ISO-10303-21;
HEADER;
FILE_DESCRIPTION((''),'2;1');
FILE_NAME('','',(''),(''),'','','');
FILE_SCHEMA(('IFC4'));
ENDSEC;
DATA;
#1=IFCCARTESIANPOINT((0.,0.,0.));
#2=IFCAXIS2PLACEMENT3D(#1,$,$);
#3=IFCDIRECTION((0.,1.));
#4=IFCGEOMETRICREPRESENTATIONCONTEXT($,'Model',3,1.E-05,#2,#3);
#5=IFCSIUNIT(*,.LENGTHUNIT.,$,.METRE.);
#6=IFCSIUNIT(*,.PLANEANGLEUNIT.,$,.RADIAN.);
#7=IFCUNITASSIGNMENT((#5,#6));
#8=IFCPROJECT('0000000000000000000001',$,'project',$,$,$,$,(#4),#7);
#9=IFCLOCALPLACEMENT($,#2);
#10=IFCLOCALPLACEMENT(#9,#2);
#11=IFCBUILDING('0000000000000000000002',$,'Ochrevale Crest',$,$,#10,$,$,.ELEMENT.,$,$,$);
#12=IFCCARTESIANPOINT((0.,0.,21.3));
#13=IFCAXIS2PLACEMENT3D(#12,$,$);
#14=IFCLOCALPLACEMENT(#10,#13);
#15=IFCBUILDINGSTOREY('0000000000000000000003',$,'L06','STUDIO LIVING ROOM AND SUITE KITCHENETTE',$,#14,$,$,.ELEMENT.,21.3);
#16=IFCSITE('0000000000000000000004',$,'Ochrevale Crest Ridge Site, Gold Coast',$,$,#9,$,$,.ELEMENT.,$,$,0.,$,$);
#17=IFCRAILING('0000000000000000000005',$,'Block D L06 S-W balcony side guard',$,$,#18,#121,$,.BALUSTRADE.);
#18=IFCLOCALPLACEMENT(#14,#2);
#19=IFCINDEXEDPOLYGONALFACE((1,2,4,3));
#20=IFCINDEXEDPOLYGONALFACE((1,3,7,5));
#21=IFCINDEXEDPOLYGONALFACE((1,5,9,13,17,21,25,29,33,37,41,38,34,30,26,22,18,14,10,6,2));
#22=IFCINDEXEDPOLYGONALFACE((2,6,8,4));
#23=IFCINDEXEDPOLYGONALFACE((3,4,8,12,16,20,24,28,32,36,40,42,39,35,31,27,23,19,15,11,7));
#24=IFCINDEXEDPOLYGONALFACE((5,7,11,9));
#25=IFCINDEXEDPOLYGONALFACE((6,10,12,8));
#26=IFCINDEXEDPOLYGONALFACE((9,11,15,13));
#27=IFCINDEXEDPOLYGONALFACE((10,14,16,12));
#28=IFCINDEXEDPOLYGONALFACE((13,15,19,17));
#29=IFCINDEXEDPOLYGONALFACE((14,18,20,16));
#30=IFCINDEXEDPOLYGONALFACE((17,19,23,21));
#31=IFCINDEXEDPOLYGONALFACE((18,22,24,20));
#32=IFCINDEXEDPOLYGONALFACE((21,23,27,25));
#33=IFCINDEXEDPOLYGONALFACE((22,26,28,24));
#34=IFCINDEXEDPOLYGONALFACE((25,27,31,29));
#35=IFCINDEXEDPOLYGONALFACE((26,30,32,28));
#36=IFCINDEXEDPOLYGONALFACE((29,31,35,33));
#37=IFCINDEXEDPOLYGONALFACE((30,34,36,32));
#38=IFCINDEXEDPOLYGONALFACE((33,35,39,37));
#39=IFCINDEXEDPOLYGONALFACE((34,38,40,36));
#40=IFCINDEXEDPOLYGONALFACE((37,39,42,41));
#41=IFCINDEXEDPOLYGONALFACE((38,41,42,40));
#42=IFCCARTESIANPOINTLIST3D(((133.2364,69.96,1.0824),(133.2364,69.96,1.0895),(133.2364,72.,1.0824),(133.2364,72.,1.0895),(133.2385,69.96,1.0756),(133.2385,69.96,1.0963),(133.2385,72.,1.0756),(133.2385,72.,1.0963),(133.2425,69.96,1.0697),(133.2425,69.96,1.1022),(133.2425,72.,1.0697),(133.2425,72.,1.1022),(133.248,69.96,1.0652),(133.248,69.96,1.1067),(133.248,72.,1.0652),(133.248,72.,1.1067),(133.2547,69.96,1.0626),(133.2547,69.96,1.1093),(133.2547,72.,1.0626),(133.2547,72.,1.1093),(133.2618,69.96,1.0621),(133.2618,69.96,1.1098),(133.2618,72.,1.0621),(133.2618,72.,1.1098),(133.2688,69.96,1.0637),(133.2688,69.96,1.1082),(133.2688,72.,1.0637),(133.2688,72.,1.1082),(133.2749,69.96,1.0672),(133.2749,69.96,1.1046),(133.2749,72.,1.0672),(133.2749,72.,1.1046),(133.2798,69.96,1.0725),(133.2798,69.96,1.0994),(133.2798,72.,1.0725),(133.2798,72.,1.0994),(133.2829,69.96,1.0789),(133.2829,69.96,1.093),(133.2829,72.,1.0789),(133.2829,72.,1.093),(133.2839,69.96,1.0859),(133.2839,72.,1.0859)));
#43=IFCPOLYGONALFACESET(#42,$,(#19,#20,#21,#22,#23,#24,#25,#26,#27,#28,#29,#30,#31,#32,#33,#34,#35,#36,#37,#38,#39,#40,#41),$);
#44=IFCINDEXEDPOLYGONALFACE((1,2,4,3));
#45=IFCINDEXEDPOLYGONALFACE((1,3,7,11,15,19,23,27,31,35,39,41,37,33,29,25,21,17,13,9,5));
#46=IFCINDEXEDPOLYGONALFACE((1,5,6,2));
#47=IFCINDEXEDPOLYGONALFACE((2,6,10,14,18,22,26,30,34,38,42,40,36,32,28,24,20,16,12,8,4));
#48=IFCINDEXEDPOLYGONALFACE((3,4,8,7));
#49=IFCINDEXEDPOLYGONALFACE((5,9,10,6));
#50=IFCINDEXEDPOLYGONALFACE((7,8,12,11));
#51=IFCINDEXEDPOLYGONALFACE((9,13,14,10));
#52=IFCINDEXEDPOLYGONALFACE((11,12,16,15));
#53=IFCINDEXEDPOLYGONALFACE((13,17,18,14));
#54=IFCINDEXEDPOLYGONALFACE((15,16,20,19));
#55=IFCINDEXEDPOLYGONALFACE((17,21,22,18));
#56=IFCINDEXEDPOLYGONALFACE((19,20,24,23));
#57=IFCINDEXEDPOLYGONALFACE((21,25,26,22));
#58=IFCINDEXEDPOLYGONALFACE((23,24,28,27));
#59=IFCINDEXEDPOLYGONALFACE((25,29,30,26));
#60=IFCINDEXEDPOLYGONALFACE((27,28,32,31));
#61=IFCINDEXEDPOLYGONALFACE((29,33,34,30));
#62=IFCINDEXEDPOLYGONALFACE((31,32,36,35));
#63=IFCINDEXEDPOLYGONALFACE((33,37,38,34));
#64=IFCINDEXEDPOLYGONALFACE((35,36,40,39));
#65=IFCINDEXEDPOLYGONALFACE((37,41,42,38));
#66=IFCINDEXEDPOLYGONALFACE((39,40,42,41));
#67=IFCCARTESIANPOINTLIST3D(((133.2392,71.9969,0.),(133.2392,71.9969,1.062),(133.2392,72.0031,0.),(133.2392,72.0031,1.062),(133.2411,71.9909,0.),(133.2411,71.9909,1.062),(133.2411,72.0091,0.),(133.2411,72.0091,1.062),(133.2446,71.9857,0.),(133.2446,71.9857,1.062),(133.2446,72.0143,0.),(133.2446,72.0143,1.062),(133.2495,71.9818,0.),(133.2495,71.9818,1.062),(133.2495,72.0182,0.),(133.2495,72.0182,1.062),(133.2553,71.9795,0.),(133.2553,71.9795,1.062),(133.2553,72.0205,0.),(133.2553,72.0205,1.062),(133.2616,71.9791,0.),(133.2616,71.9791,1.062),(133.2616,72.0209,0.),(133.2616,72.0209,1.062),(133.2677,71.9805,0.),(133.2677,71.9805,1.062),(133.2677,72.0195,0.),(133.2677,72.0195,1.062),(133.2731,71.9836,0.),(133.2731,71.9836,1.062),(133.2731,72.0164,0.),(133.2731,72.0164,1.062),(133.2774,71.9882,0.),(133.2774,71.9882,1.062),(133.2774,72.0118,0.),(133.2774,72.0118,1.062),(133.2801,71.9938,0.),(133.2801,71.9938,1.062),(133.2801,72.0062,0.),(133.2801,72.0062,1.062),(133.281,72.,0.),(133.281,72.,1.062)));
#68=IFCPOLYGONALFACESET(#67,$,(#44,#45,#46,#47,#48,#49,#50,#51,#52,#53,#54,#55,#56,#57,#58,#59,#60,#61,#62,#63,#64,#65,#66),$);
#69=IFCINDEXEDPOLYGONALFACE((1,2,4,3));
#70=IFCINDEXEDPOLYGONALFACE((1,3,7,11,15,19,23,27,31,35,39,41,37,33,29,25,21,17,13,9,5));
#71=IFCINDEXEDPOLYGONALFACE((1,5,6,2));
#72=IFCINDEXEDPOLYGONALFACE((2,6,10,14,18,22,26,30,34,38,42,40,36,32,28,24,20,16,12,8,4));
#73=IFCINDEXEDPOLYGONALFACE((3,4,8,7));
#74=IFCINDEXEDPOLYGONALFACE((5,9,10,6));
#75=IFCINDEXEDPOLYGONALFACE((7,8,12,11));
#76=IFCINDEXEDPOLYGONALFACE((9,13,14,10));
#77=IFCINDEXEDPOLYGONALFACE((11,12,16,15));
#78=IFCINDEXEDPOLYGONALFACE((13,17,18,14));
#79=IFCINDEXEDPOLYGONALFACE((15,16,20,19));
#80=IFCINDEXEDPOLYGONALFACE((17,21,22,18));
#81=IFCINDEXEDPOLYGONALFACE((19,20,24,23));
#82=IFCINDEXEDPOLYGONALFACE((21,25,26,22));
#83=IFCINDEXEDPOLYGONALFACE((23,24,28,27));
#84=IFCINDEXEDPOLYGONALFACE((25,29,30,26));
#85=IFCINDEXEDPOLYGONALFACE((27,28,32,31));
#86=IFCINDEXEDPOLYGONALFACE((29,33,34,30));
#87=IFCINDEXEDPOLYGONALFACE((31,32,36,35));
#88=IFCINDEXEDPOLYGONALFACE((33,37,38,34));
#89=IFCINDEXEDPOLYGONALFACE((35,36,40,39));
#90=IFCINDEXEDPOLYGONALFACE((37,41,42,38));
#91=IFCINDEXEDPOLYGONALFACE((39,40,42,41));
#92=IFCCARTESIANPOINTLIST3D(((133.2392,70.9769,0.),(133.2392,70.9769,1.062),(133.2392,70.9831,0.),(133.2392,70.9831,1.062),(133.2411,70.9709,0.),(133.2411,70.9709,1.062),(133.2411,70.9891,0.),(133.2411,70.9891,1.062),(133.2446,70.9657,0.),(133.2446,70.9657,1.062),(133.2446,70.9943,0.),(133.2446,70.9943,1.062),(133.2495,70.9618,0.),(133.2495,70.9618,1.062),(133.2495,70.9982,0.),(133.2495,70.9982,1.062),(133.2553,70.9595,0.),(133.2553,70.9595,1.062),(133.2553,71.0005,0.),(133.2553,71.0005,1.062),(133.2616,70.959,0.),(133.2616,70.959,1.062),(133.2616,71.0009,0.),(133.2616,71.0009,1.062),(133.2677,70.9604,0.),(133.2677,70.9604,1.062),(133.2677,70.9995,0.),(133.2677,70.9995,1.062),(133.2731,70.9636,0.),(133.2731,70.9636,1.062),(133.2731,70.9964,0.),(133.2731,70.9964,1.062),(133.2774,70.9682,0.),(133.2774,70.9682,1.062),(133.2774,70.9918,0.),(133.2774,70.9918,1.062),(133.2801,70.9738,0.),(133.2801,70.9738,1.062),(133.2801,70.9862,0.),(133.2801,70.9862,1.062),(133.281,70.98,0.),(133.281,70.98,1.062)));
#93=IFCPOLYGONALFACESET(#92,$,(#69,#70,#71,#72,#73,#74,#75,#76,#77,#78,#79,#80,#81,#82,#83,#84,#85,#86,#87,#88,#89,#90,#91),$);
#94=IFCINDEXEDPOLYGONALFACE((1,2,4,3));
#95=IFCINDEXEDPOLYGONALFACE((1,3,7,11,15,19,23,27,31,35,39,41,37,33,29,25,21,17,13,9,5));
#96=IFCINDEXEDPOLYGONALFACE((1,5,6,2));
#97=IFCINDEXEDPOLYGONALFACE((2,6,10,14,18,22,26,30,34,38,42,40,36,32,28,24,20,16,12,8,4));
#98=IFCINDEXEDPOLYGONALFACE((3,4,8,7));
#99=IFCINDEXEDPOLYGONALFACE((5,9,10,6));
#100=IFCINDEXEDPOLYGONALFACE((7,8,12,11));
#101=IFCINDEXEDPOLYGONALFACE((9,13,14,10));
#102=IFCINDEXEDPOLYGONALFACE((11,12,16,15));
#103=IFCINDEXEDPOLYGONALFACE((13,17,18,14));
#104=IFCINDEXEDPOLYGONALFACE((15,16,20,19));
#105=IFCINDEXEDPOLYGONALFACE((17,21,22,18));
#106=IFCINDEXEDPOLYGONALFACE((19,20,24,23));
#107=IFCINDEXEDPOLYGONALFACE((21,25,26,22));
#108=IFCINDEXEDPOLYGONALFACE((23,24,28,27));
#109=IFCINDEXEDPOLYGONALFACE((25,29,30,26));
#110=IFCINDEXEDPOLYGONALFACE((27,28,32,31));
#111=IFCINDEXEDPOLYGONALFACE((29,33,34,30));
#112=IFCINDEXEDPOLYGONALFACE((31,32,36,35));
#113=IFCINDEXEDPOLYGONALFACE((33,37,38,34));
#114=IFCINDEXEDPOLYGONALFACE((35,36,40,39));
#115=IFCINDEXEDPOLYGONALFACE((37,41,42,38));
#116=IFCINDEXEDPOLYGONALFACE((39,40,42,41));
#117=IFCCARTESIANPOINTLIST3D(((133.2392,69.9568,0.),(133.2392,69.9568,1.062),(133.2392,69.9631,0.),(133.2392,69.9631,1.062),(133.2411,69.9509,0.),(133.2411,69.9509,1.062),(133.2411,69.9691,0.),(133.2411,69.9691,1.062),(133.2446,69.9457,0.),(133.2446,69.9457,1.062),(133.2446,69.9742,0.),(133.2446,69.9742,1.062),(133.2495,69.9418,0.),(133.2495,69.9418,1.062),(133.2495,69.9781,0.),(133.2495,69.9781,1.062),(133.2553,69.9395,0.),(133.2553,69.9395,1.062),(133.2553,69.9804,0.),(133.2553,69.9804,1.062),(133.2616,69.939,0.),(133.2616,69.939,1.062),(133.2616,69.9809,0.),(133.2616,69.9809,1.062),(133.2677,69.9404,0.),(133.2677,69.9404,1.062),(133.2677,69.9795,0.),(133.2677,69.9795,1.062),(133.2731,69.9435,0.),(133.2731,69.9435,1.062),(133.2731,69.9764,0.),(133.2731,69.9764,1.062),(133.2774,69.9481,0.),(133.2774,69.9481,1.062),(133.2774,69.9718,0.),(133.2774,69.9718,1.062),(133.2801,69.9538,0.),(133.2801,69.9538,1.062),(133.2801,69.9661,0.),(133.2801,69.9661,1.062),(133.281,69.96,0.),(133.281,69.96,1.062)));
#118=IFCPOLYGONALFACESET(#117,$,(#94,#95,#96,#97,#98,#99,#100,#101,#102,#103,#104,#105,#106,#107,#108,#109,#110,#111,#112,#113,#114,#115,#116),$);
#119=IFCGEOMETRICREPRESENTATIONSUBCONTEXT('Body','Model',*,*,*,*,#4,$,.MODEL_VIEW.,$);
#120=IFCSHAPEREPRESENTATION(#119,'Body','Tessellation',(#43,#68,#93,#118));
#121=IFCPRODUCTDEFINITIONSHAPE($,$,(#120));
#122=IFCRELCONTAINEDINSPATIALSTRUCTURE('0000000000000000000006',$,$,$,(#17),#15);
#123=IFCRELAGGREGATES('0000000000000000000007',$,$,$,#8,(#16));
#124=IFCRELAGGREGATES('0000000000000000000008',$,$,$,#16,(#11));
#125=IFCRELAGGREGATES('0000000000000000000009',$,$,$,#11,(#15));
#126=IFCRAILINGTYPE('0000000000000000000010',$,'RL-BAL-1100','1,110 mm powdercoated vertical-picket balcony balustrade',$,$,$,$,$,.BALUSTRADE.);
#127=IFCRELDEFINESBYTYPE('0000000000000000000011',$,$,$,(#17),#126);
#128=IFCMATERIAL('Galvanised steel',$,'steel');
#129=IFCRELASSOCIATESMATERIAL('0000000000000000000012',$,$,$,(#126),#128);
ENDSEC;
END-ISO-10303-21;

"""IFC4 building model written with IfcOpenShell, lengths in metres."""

from ifc_helpers import new_model, si_unit, direction, frame, origin, origin_2d, place, context, subcontext, project, spatial, circle, extrude, material, type_object, element, save


model = new_model("IFC4")

# Units and contexts
model_context = context("Model", 3, precision=1e-05, world=origin(), true_north=direction((0.0, 1.0)))
body_context = subcontext(model_context, "Body", "Model", "MODEL_VIEW")
ifc_project = project(units=[si_unit("LENGTHUNIT", "METRE"), si_unit("PLANEANGLEUNIT", "RADIAN")], contexts=[model_context])

# Site, building, storey
site_placement = place(None, origin())
site = spatial("IfcSite", under=ifc_project, at=site_placement, Name="Ochrevale Crest Ridge Site, Gold Coast", CompositionType="ELEMENT", RefElevation=0.0)
building_placement = place(site_placement, origin())
building = spatial("IfcBuilding", under=site, at=building_placement, Name="Ochrevale Crest", CompositionType="ELEMENT")
storey_placement = place(building_placement, frame((0.0, 0.0, 21.3)))
storey = spatial("IfcBuildingStorey", under=building, at=storey_placement, Name="L06", Description="STUDIO LIVING ROOM AND SUITE KITCHENETTE", CompositionType="ELEMENT", Elevation=21.3)

# Railing
ifc_material_1 = material(Name="Galvanised steel", Category="steel")
railing_type = type_object("IfcRailingType", Name="RL-BAL-1100", Description="1,110 mm powdercoated vertical-picket balcony balustrade", PredefinedType="BALUSTRADE", material=ifc_material_1)
railing_1_placement = place(storey_placement, frame((133.26, 72.0, 0.0)))
element("IfcRailing", 1, at=railing_1_placement, inside=storey, type_object=railing_type, Name="Block D L06 S-W balcony side guard", PredefinedType="BALUSTRADE", context=body_context, shape_type="SweptSolid", body=[
    extrude(circle(Radius=0.0239, at=origin_2d()), frame((0.0, 0.0, 1.0859), z_axis=(0.0, -1.0, 0.0), x_axis=(1.0, 0.0, 0.0)), (0.0, 0.0, 1.0), 2.04),
    extrude(circle(Radius=0.021, at=origin_2d()), origin(), (0.0, 0.0, 1.0), 1.062),
    extrude(circle(Radius=0.021, at=origin_2d()), frame((0.0, -1.02, 0.0)), (0.0, 0.0, 1.0), 1.062),
    extrude(circle(Radius=0.021, at=origin_2d()), frame((0.0, -2.04, 0.0)), (0.0, 0.0, 1.0), 1.062),
])

save(model, "model.ifc")
